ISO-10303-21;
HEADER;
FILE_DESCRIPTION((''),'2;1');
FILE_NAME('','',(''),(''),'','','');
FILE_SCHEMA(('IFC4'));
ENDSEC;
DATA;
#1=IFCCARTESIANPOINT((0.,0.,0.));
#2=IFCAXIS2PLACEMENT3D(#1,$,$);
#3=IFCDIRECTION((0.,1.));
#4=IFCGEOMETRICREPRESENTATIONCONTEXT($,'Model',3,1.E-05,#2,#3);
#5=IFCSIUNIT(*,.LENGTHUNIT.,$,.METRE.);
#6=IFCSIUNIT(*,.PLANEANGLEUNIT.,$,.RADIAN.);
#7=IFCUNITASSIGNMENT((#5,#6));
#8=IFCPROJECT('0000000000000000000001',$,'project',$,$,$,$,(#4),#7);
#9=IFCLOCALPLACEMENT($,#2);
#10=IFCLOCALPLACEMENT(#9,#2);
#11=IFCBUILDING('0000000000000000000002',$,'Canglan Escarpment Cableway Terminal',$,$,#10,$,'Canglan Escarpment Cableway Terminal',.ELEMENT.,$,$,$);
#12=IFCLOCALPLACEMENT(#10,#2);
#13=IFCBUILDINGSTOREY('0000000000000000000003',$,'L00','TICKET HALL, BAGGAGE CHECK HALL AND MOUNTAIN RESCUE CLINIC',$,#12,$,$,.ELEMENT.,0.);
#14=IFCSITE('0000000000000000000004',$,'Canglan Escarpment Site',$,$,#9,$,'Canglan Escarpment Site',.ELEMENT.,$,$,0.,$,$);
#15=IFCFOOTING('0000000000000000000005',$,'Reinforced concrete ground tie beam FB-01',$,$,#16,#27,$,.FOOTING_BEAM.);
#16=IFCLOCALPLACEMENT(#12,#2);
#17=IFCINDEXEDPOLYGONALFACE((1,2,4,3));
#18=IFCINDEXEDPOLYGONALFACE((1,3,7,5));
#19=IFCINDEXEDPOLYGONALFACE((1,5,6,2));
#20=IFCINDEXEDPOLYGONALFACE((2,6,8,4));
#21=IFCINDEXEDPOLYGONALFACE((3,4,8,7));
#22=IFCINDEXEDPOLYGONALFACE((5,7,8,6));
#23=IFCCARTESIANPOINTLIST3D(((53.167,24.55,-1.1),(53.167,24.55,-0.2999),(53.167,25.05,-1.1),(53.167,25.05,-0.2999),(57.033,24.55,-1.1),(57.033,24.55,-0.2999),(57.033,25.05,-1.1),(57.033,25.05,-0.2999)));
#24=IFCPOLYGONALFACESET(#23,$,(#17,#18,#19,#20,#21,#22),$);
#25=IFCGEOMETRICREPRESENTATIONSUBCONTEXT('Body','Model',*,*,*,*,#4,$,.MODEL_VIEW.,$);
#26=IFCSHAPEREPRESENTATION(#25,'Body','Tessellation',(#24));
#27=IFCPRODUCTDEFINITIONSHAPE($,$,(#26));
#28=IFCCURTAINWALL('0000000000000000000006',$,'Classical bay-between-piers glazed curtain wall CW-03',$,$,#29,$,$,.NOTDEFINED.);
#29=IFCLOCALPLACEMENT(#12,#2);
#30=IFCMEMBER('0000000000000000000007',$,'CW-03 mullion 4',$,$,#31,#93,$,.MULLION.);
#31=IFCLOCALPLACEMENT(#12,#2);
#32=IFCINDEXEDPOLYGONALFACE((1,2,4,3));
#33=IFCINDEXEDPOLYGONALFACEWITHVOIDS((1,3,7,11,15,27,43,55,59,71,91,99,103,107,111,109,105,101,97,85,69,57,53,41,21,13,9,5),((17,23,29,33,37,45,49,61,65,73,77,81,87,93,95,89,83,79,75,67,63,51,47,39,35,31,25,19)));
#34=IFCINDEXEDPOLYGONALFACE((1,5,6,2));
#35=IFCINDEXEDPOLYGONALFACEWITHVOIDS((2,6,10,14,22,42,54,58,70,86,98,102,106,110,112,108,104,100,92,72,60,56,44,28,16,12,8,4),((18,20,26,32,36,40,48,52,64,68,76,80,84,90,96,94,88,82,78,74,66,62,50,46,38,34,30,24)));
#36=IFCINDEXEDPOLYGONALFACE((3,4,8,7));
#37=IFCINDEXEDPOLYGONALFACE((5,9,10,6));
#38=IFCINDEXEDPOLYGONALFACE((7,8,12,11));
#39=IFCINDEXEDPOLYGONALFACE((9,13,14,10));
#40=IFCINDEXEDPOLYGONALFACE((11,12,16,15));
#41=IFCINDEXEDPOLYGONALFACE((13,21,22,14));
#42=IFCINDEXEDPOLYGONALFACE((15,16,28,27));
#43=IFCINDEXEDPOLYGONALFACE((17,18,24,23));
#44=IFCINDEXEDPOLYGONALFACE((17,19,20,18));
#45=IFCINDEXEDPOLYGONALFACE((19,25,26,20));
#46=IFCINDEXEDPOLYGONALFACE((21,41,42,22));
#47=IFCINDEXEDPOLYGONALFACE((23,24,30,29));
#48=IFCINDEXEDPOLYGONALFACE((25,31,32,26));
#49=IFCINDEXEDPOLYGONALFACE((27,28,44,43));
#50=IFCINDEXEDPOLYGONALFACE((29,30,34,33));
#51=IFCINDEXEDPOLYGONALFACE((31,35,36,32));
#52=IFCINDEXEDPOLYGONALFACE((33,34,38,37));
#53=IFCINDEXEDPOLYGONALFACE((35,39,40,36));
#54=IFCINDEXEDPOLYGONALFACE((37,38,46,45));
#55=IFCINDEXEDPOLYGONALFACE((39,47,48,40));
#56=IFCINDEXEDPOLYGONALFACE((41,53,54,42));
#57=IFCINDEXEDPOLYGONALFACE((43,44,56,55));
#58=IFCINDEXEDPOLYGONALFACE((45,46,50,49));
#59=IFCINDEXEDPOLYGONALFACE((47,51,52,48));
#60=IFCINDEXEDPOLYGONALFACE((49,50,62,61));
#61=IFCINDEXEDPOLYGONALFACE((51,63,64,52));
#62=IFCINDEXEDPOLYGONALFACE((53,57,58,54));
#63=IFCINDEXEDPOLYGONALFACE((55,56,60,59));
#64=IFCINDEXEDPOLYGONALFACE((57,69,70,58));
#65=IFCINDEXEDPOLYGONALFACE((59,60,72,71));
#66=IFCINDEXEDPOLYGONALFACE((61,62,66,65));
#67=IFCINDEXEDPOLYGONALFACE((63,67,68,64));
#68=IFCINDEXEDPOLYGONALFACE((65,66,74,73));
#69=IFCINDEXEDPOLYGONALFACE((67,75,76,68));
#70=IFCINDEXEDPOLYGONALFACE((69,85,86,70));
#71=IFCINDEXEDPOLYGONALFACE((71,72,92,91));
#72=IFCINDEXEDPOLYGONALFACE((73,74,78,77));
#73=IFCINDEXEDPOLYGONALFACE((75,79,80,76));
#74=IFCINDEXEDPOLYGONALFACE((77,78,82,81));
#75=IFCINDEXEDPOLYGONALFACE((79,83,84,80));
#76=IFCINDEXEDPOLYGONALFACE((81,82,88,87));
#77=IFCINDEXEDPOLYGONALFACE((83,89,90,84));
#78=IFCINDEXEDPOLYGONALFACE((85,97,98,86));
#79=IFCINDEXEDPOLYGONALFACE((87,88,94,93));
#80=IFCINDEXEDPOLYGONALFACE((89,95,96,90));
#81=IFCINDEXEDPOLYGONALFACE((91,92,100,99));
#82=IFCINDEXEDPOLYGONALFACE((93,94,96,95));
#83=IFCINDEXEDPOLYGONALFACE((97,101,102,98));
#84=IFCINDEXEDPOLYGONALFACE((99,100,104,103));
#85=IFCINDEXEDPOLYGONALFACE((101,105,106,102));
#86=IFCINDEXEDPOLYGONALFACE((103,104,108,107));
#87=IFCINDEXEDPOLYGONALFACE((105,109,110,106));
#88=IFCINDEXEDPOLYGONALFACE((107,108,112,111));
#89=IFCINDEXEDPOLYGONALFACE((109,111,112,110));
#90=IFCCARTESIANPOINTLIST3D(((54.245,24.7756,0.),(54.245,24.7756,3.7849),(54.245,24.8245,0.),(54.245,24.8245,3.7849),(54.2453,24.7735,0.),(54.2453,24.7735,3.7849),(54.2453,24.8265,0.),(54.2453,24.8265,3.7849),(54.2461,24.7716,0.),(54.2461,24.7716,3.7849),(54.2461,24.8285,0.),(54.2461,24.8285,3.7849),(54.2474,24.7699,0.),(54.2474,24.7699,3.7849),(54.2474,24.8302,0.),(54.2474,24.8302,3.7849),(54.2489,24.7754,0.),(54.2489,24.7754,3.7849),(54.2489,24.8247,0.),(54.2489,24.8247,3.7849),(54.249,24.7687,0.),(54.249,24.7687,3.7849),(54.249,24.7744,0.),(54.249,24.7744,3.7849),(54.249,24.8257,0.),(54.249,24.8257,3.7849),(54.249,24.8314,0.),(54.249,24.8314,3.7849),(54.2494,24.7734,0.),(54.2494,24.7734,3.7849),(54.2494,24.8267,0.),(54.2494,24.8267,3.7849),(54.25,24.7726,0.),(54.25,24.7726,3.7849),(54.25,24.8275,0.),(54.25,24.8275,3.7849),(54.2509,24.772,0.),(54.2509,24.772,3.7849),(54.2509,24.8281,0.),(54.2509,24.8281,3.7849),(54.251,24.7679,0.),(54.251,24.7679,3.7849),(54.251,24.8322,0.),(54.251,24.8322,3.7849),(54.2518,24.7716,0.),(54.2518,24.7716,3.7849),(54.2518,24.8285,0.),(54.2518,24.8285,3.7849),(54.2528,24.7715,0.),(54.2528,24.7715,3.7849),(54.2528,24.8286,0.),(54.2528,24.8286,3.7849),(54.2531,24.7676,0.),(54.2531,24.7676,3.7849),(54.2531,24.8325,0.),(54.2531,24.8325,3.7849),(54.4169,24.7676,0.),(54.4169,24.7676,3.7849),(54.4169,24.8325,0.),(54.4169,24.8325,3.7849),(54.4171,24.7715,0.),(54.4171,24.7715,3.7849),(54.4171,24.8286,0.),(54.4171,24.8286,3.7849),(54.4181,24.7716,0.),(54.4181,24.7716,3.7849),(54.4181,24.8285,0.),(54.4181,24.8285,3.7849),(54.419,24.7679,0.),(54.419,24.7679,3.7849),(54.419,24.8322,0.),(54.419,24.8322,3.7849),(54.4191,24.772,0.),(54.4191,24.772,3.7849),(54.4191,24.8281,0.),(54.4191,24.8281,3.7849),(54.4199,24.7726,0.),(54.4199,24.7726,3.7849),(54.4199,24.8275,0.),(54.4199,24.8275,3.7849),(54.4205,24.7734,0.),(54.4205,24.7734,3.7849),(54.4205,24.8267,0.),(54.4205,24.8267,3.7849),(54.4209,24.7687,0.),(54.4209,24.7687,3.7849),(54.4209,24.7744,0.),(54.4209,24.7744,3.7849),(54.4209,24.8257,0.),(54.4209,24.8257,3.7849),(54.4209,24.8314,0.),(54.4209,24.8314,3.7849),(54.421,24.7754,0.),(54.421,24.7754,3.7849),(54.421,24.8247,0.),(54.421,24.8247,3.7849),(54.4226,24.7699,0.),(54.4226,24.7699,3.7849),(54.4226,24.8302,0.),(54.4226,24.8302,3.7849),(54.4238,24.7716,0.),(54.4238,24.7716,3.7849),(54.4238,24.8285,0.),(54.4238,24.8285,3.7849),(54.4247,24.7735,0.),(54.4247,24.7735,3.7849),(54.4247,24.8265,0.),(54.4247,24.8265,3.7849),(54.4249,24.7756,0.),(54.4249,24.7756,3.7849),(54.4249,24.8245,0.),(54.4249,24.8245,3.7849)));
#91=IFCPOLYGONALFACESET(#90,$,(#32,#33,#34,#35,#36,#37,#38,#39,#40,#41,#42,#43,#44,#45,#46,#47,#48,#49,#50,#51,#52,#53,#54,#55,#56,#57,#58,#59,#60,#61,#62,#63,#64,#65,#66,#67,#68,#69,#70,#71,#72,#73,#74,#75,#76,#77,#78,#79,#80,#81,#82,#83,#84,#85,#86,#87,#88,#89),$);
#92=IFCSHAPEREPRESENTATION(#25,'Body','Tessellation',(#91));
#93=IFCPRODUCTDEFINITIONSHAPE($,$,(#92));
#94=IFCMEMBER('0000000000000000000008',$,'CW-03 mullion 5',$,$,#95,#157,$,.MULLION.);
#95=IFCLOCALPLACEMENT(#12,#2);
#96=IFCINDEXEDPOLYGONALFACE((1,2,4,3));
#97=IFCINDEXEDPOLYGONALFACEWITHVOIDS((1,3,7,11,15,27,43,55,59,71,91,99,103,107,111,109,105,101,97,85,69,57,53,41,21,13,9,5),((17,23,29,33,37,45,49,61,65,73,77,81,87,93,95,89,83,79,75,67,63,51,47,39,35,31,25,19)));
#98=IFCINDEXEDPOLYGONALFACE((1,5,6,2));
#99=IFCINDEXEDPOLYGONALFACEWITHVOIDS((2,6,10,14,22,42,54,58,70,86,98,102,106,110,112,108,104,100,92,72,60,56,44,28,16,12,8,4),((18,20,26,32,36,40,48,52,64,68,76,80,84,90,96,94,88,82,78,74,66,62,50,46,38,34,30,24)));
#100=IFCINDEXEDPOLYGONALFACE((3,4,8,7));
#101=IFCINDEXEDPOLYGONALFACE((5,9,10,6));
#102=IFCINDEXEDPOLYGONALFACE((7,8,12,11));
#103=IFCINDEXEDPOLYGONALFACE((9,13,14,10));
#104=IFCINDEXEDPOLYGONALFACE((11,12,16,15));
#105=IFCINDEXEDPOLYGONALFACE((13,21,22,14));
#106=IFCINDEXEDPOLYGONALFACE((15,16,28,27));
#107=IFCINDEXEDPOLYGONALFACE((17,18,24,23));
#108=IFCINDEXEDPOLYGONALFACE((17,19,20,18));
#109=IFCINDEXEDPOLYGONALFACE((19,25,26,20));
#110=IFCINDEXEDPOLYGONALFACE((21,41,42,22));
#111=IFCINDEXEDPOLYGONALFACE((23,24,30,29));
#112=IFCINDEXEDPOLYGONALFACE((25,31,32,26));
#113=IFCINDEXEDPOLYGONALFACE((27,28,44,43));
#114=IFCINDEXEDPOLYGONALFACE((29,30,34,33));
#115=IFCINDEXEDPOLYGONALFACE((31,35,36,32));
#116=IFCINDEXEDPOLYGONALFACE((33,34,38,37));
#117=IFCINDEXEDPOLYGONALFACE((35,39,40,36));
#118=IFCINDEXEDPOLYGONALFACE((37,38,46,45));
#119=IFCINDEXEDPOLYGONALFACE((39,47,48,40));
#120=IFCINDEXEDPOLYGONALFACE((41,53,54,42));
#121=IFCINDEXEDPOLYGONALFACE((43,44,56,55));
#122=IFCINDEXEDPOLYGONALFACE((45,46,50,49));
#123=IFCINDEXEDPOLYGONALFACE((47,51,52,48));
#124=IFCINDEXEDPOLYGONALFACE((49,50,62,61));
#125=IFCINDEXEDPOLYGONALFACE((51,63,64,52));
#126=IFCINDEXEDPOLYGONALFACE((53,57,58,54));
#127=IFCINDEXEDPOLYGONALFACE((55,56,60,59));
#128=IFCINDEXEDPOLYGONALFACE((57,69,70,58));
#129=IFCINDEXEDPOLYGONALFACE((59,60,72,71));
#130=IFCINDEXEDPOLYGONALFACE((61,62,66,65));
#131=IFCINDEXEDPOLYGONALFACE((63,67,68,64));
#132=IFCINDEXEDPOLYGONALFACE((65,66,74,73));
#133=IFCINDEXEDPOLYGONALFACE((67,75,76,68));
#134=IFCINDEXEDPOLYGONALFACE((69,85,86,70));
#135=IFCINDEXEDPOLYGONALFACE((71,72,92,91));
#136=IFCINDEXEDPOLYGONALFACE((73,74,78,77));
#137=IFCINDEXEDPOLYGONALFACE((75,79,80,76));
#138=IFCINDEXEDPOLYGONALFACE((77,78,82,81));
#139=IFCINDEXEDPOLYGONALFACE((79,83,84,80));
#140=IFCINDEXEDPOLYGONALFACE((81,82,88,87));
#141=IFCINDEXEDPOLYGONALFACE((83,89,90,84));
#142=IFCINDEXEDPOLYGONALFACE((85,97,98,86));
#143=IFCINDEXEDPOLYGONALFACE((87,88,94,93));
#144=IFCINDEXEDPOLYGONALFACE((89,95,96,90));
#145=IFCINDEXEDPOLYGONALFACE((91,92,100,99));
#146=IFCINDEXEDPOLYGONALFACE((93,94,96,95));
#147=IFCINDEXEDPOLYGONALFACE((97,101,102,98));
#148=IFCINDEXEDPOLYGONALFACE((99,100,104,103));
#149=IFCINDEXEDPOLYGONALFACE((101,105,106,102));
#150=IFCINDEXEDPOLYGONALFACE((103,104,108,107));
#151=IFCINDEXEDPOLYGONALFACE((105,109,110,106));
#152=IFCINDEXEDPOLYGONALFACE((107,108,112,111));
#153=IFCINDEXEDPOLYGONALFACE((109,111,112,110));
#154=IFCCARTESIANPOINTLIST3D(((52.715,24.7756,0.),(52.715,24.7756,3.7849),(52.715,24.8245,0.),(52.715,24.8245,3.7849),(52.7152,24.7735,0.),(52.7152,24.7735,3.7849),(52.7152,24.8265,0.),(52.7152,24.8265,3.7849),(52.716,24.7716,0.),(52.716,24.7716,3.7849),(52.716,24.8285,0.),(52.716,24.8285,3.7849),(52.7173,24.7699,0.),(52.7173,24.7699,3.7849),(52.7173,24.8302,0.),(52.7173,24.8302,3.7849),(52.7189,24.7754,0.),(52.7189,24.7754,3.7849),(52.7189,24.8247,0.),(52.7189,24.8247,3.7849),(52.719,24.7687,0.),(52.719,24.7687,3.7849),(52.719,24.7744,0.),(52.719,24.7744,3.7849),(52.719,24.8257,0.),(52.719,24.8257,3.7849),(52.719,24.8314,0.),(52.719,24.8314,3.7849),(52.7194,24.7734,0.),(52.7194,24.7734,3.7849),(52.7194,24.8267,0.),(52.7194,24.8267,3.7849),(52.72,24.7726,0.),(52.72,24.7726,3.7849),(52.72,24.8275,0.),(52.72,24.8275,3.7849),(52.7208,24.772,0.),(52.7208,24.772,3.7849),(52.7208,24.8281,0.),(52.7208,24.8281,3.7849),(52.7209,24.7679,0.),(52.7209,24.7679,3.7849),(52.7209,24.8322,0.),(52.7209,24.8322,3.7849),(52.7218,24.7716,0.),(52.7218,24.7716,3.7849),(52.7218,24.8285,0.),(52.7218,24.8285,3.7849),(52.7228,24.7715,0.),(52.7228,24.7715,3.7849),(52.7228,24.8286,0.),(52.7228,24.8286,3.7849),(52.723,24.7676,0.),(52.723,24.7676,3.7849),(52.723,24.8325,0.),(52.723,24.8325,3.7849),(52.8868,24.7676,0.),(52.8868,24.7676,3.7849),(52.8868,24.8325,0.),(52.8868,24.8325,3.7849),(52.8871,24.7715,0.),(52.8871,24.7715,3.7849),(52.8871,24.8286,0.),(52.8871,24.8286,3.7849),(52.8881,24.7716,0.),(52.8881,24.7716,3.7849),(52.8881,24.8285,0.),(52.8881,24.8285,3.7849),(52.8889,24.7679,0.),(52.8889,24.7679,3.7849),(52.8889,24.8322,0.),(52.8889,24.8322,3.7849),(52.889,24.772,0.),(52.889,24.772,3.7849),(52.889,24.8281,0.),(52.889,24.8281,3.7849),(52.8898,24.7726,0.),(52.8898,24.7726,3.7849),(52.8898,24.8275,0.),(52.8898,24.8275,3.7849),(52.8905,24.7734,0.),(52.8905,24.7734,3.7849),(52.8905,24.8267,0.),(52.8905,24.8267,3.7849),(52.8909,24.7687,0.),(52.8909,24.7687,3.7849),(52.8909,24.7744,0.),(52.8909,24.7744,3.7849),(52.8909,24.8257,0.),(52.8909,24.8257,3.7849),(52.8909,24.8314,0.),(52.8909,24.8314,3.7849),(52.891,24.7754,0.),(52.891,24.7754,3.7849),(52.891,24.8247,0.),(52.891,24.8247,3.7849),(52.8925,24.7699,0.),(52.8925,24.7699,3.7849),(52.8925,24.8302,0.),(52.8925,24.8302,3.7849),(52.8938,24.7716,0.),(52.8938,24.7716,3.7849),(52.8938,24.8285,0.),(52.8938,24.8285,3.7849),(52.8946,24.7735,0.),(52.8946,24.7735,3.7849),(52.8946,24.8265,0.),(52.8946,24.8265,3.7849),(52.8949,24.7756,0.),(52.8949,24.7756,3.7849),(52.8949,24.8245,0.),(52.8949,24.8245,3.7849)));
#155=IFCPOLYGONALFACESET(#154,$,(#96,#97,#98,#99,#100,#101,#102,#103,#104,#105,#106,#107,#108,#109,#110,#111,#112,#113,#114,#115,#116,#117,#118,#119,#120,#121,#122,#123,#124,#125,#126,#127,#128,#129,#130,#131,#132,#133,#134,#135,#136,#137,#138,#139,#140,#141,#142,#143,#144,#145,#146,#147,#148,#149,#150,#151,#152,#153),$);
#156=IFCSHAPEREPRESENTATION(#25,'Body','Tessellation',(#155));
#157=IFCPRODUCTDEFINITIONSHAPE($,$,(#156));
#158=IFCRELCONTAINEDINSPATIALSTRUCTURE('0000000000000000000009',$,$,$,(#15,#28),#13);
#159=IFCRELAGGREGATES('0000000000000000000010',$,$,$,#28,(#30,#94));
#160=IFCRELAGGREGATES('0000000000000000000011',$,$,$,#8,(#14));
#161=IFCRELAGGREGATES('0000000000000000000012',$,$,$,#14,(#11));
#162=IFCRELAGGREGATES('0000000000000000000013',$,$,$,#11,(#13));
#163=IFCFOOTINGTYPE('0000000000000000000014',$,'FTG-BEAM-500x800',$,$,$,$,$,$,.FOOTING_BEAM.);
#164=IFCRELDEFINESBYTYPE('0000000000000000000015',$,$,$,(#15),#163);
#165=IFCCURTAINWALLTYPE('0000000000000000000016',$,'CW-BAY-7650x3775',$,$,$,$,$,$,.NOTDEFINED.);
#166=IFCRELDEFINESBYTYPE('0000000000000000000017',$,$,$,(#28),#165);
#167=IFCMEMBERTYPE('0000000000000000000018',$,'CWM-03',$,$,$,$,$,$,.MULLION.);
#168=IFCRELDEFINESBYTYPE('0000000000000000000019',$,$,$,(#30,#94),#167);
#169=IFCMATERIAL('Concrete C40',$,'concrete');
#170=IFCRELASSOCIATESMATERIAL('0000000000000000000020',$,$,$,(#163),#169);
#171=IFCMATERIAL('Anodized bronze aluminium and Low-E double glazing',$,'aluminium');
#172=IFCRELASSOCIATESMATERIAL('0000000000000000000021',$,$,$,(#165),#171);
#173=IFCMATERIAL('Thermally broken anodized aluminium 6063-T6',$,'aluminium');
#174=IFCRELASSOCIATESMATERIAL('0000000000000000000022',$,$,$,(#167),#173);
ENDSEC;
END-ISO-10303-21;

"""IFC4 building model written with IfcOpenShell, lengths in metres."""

from ifc_helpers import new_model, si_unit, direction, frame, origin, origin_2d, place, context, subcontext, project, spatial, rectangle, hollow_rectangle, extrude, material, material_profile, profile_set, type_object, element, aggregate, save


model = new_model("IFC4")

# Units and contexts
model_context = context("Model", 3, precision=1e-05, world=origin(), true_north=direction((0.0, 1.0)))
body_context = subcontext(model_context, "Body", "Model", "MODEL_VIEW")
ifc_project = project(units=[si_unit("LENGTHUNIT", "METRE"), si_unit("PLANEANGLEUNIT", "RADIAN")], contexts=[model_context])

# Site, building, storey
site_placement = place(None, origin())
site = spatial("IfcSite", under=ifc_project, at=site_placement, Name="Canglan Escarpment Site", LongName="Canglan Escarpment Site", CompositionType="ELEMENT", RefElevation=0.0)
building_placement = place(site_placement, origin())
building = spatial("IfcBuilding", under=site, at=building_placement, Name="Canglan Escarpment Cableway Terminal", LongName="Canglan Escarpment Cableway Terminal", CompositionType="ELEMENT")
storey_placement = place(building_placement, origin())
storey = spatial("IfcBuildingStorey", under=building, at=storey_placement, Name="L00", Description="TICKET HALL, BAGGAGE CHECK HALL AND MOUNTAIN RESCUE CLINIC", CompositionType="ELEMENT", Elevation=0.0)

# Footing
ifc_material_1 = material(Name="Concrete C40", Category="concrete")
ifc_material_profile_1 = material_profile(ifc_material_1, rectangle(XDim=0.5, YDim=0.8, at=origin_2d()), Name="FB 500x800")
ifc_profile_set_1 = profile_set([ifc_material_profile_1], Name="Concrete C40")
footing_type = type_object("IfcFootingType", Name="FTG-BEAM-500x800", PredefinedType="FOOTING_BEAM", material=ifc_profile_set_1)
footing_placement = place(storey_placement, frame((53.167, 24.8, -0.7), z_axis=(1.0, 0.0, 0.0), x_axis=(0.0, 1.0, 0.0)))
element("IfcFooting", 1, at=footing_placement, inside=storey, type_object=footing_type, Name="Reinforced concrete ground tie beam FB-01", PredefinedType="FOOTING_BEAM", context=body_context, shape_type="SweptSolid", body=[
    extrude(rectangle(XDim=0.5, YDim=0.8, at=origin_2d()), origin(), (0.0, 0.0, 1.0), 3.866),
])

# Curtain wall, members
ifc_material_2 = material(Name="Anodized bronze aluminium and Low-E double glazing", Category="aluminium")
curtain_wall_type = type_object("IfcCurtainWallType", Name="CW-BAY-7650x3775", PredefinedType="NOTDEFINED", material=ifc_material_2)
curtain_wall_placement = place(storey_placement, origin())
curtain_wall = element("IfcCurtainWall", 2, at=curtain_wall_placement, inside=storey, type_object=curtain_wall_type, Name="Classical bay-between-piers glazed curtain wall CW-03", PredefinedType="NOTDEFINED")
ifc_material_3 = material(Name="Thermally broken anodized aluminium 6063-T6", Category="aluminium")
ifc_material_profile_2 = material_profile(ifc_material_3, hollow_rectangle(XDim=0.0649, YDim=0.1799, WallThickness=0.0039, InnerFilletRadius=0.0039, OuterFilletRadius=0.0081, at=origin_2d()), Name="ALU-MULL 65x180x4")
ifc_profile_set_2 = profile_set([ifc_material_profile_2], Name="Thermally broken anodized aluminium 6063-T6")
member_type_1 = type_object("IfcMemberType", Name="CWM-03", PredefinedType="MULLION", material=ifc_profile_set_2)
member_1_placement = place(storey_placement, frame((54.335, 24.8, 0.0), z_axis=(0.0, 0.0, 1.0), x_axis=(0.0, -1.0, 0.0)))
member_1 = element("IfcMember", 3, at=member_1_placement, type_object=member_type_1, Name="CW-03 mullion 4", PredefinedType="MULLION", context=body_context, shape_type="SweptSolid", body=[
    extrude(hollow_rectangle(XDim=0.0649, YDim=0.1799, WallThickness=0.0039, InnerFilletRadius=0.0039, OuterFilletRadius=0.0081, at=origin_2d()), origin(), (0.0, 0.0, 1.0), 3.7849),
])
member_2_placement = place(storey_placement, frame((52.8049, 24.8, 0.0), z_axis=(0.0, 0.0, 1.0), x_axis=(0.0, -1.0, 0.0)))
member_2 = element("IfcMember", 4, at=member_2_placement, type_object=member_type_1, Name="CW-03 mullion 5", PredefinedType="MULLION", context=body_context, shape_type="SweptSolid", body=[
    extrude(hollow_rectangle(XDim=0.0649, YDim=0.1799, WallThickness=0.0039, InnerFilletRadius=0.0039, OuterFilletRadius=0.0081, at=origin_2d()), origin(), (0.0, 0.0, 1.0), 3.7849),
])
aggregate(curtain_wall, [member_1, member_2])

save(model, "model.ifc")
